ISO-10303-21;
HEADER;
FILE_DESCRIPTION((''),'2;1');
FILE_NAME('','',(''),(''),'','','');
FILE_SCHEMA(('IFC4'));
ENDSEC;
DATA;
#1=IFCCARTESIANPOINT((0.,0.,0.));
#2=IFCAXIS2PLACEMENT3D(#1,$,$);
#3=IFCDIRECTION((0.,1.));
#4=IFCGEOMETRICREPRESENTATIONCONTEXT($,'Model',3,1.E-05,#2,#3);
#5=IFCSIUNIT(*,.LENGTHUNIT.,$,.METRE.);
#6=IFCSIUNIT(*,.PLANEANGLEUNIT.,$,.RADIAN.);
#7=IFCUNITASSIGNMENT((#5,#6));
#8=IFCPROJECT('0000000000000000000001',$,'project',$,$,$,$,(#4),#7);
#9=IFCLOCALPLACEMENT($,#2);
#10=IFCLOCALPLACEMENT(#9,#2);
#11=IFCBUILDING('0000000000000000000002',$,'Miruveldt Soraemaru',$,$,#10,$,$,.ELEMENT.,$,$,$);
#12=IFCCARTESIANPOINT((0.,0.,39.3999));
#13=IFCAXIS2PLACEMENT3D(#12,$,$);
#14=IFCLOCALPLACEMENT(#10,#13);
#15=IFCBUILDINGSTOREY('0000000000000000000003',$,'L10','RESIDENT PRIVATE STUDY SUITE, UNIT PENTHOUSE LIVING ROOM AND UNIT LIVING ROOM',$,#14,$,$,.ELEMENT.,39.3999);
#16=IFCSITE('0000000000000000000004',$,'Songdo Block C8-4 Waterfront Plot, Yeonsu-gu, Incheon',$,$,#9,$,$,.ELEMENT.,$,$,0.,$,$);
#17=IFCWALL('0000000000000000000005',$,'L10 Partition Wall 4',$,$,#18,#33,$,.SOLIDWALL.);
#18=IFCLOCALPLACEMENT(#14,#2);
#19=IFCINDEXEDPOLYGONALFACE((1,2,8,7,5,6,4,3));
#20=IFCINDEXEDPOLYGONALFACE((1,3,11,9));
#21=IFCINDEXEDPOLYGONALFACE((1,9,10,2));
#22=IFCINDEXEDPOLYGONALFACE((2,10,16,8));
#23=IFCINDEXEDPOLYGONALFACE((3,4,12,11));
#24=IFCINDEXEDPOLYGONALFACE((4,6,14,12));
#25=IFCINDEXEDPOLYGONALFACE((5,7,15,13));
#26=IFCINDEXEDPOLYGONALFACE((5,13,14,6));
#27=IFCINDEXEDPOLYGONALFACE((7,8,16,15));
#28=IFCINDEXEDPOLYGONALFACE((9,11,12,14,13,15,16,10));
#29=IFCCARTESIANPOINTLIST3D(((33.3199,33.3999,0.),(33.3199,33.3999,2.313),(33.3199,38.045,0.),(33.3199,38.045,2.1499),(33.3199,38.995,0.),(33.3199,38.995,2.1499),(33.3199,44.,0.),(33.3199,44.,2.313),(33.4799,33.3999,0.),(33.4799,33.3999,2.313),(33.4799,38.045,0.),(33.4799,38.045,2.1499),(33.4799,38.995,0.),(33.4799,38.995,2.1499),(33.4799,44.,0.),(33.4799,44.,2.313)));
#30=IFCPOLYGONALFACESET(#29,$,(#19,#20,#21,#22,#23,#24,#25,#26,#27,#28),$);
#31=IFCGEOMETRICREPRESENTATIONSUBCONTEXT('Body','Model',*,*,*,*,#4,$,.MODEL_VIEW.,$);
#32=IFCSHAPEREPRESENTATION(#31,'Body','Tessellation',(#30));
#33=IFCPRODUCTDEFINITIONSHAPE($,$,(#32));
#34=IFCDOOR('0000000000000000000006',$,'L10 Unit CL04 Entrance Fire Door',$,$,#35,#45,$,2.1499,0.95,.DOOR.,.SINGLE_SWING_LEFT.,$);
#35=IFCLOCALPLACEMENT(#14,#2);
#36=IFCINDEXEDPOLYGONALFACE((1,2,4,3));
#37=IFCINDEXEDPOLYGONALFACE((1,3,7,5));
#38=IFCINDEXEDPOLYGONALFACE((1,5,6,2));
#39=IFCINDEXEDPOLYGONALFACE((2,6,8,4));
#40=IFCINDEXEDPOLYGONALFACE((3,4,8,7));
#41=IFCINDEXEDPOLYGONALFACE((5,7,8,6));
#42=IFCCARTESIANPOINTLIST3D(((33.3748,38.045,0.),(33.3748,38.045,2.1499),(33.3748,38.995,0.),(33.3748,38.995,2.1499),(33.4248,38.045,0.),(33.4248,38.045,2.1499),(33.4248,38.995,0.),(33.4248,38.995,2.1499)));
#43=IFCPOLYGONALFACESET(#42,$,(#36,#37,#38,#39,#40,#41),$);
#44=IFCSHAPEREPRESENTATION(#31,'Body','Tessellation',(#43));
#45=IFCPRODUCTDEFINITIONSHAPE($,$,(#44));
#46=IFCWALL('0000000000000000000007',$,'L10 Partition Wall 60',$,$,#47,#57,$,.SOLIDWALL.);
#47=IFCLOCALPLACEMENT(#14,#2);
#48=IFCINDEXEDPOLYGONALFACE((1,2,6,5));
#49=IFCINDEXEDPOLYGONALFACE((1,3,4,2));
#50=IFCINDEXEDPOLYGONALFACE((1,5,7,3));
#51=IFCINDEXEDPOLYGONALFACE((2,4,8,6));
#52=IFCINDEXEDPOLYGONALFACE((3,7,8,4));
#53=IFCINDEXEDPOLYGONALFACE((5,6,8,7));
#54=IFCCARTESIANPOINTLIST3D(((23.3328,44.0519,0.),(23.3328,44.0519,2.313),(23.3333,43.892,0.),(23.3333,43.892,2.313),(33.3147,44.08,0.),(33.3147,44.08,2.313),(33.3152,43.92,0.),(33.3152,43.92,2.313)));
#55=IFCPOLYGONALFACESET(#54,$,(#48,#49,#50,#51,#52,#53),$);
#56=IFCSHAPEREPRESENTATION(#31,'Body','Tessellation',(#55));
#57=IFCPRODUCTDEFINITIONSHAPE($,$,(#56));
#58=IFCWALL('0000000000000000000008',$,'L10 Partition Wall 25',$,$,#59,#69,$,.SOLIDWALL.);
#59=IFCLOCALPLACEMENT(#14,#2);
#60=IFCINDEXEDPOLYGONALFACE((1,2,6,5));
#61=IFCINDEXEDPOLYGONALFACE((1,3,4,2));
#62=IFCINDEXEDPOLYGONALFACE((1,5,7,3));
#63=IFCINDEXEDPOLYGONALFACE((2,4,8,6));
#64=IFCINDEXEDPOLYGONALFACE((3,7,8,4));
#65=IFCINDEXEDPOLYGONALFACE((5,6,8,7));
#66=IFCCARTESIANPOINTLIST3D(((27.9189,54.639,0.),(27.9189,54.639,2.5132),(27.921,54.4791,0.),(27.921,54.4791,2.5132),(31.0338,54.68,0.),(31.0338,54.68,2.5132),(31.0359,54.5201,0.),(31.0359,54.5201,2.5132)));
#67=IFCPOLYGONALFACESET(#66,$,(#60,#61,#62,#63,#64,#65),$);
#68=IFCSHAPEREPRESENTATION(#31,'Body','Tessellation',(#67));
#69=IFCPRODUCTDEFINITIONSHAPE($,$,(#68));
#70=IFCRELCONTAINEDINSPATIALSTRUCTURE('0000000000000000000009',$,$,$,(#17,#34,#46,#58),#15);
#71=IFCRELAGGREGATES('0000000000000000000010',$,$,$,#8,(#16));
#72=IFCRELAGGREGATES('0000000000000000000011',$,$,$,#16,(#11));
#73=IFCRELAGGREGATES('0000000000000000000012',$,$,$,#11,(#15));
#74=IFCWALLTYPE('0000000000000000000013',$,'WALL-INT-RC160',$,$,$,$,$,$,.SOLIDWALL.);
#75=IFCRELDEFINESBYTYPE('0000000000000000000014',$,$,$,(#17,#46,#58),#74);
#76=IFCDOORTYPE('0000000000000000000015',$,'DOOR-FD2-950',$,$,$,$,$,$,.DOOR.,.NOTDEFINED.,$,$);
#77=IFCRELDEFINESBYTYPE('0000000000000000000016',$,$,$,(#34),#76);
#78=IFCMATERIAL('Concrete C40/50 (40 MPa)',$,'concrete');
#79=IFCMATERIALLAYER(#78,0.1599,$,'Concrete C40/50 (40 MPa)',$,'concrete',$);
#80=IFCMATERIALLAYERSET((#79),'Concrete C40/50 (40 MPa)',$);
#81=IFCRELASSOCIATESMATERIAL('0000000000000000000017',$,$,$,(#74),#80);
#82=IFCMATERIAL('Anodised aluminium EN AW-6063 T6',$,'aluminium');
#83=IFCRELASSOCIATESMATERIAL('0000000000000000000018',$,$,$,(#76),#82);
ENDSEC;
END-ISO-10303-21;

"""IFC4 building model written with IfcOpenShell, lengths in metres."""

from ifc_helpers import new_model, si_unit, direction, frame, frame_2d, origin, place, context, subcontext, project, spatial, rectangle, extrude, material, layer, layer_set, type_object, element, fill, save


model = new_model("IFC4")

# Units and contexts
model_context = context("Model", 3, precision=1e-05, world=origin(), true_north=direction((0.0, 1.0)))
body_context = subcontext(model_context, "Body", "Model", "MODEL_VIEW")
ifc_project = project(units=[si_unit("LENGTHUNIT", "METRE"), si_unit("PLANEANGLEUNIT", "RADIAN")], contexts=[model_context])

# Site, building, storey
site_placement = place(None, origin())
site = spatial("IfcSite", under=ifc_project, at=site_placement, Name="Songdo Block C8-4 Waterfront Plot, Yeonsu-gu, Incheon", CompositionType="ELEMENT", RefElevation=0.0)
building_placement = place(site_placement, origin())
building = spatial("IfcBuilding", under=site, at=building_placement, Name="Miruveldt Soraemaru", CompositionType="ELEMENT")
storey_placement = place(building_placement, frame((0.0, 0.0, 39.3999)))
storey = spatial("IfcBuildingStorey", under=building, at=storey_placement, Name="L10", Description="RESIDENT PRIVATE STUDY SUITE, UNIT PENTHOUSE LIVING ROOM AND UNIT LIVING ROOM", CompositionType="ELEMENT", Elevation=39.3999)

# Shared definitions
ifc_material_1 = material(Name="Anodised aluminium EN AW-6063 T6", Category="aluminium")

# Wall, opening, door
ifc_material_2 = material(Name="Concrete C40/50 (40 MPa)", Category="concrete")
ifc_layer_1 = layer(ifc_material_2, 0.1599, Name="Concrete C40/50 (40 MPa)", Category="concrete")
ifc_layer_set_1 = layer_set([ifc_layer_1], Name="Concrete C40/50 (40 MPa)")
wall_type_1 = type_object("IfcWallType", Name="WALL-INT-RC160", PredefinedType="SOLIDWALL", material=ifc_layer_set_1)
wall_1_placement = place(storey_placement, frame((33.3999, 44.0, 0.0), z_axis=(0.0, 0.0, 1.0), x_axis=(0.0, -1.0, 0.0)))
wall_1 = element("IfcWall", 1, at=wall_1_placement, inside=storey, type_object=wall_type_1, Name="L10 Partition Wall 4", PredefinedType="SOLIDWALL", context=body_context, shape_type="SweptSolid", body=[
    extrude(rectangle(XDim=10.6001, YDim=0.1599, at=frame_2d((5.3, 0.0))), origin(), (0.0, 0.0, 1.0), 2.313),
])
opening_1_placement = place(wall_1_placement, frame((5.0049, 0.0, 0.0)))
opening_1 = element("IfcOpeningElement", 2, at=opening_1_placement, cuts=wall_1, PredefinedType="OPENING", context=body_context, shape_type="SweptSolid", body=[
    extrude(rectangle(XDim=0.95, YDim=2.1499, at=frame_2d((0.4751, 1.075))), frame((0.0, 0.0898, 0.0), z_axis=(0.0, -1.0, 0.0), x_axis=(1.0, 0.0, 0.0)), (0.0, 0.0, 1.0), 0.1799),
])
door_type_1 = type_object("IfcDoorType", Name="DOOR-FD2-950", OperationType="NOTDEFINED", PredefinedType="DOOR", material=ifc_material_1)
door_1_placement = place(opening_1_placement, origin())
door_1 = element("IfcDoor", 3, at=door_1_placement, inside=storey, type_object=door_type_1, Name="L10 Unit CL04 Entrance Fire Door", OperationType="SINGLE_SWING_LEFT", OverallHeight=2.1499, OverallWidth=0.95, PredefinedType="DOOR", context=body_context, shape_type="SweptSolid", body=[
    extrude(rectangle(XDim=0.95, YDim=2.1499, at=frame_2d((0.4751, 1.075))), frame((0.0, 0.0249, 0.0), z_axis=(0.0, -1.0, 0.0), x_axis=(1.0, 0.0, 0.0)), (0.0, 0.0, 1.0), 0.05),
])
fill(opening_1, door_1)

# Walls
wall_2_placement = place(storey_placement, frame((33.3149, 44.0, 0.0), z_axis=(0.0, 0.0, 1.0), x_axis=(-0.999996, -0.002813, 0.0)))
element("IfcWall", 4, at=wall_2_placement, inside=storey, type_object=wall_type_1, Name="L10 Partition Wall 60", PredefinedType="SOLIDWALL", context=body_context, shape_type="SweptSolid", body=[
    extrude(rectangle(XDim=9.9819, YDim=0.1599, at=frame_2d((4.991, 0.0))), origin(), (0.0, 0.0, 1.0), 2.313),
])
wall_3_placement = place(storey_placement, frame((27.9199, 54.5591, 0.0), z_axis=(0.0, 0.0, 1.0), x_axis=(0.999913, 0.013166, 0.0)))
element("IfcWall", 5, at=wall_3_placement, inside=storey, type_object=wall_type_1, Name="L10 Partition Wall 25", PredefinedType="SOLIDWALL", context=body_context, shape_type="SweptSolid", body=[
    extrude(rectangle(XDim=3.1152, YDim=0.1599, at=frame_2d((1.5576, 0.0))), origin(), (0.0, 0.0, 1.0), 2.5132),
])

save(model, "model.ifc")
